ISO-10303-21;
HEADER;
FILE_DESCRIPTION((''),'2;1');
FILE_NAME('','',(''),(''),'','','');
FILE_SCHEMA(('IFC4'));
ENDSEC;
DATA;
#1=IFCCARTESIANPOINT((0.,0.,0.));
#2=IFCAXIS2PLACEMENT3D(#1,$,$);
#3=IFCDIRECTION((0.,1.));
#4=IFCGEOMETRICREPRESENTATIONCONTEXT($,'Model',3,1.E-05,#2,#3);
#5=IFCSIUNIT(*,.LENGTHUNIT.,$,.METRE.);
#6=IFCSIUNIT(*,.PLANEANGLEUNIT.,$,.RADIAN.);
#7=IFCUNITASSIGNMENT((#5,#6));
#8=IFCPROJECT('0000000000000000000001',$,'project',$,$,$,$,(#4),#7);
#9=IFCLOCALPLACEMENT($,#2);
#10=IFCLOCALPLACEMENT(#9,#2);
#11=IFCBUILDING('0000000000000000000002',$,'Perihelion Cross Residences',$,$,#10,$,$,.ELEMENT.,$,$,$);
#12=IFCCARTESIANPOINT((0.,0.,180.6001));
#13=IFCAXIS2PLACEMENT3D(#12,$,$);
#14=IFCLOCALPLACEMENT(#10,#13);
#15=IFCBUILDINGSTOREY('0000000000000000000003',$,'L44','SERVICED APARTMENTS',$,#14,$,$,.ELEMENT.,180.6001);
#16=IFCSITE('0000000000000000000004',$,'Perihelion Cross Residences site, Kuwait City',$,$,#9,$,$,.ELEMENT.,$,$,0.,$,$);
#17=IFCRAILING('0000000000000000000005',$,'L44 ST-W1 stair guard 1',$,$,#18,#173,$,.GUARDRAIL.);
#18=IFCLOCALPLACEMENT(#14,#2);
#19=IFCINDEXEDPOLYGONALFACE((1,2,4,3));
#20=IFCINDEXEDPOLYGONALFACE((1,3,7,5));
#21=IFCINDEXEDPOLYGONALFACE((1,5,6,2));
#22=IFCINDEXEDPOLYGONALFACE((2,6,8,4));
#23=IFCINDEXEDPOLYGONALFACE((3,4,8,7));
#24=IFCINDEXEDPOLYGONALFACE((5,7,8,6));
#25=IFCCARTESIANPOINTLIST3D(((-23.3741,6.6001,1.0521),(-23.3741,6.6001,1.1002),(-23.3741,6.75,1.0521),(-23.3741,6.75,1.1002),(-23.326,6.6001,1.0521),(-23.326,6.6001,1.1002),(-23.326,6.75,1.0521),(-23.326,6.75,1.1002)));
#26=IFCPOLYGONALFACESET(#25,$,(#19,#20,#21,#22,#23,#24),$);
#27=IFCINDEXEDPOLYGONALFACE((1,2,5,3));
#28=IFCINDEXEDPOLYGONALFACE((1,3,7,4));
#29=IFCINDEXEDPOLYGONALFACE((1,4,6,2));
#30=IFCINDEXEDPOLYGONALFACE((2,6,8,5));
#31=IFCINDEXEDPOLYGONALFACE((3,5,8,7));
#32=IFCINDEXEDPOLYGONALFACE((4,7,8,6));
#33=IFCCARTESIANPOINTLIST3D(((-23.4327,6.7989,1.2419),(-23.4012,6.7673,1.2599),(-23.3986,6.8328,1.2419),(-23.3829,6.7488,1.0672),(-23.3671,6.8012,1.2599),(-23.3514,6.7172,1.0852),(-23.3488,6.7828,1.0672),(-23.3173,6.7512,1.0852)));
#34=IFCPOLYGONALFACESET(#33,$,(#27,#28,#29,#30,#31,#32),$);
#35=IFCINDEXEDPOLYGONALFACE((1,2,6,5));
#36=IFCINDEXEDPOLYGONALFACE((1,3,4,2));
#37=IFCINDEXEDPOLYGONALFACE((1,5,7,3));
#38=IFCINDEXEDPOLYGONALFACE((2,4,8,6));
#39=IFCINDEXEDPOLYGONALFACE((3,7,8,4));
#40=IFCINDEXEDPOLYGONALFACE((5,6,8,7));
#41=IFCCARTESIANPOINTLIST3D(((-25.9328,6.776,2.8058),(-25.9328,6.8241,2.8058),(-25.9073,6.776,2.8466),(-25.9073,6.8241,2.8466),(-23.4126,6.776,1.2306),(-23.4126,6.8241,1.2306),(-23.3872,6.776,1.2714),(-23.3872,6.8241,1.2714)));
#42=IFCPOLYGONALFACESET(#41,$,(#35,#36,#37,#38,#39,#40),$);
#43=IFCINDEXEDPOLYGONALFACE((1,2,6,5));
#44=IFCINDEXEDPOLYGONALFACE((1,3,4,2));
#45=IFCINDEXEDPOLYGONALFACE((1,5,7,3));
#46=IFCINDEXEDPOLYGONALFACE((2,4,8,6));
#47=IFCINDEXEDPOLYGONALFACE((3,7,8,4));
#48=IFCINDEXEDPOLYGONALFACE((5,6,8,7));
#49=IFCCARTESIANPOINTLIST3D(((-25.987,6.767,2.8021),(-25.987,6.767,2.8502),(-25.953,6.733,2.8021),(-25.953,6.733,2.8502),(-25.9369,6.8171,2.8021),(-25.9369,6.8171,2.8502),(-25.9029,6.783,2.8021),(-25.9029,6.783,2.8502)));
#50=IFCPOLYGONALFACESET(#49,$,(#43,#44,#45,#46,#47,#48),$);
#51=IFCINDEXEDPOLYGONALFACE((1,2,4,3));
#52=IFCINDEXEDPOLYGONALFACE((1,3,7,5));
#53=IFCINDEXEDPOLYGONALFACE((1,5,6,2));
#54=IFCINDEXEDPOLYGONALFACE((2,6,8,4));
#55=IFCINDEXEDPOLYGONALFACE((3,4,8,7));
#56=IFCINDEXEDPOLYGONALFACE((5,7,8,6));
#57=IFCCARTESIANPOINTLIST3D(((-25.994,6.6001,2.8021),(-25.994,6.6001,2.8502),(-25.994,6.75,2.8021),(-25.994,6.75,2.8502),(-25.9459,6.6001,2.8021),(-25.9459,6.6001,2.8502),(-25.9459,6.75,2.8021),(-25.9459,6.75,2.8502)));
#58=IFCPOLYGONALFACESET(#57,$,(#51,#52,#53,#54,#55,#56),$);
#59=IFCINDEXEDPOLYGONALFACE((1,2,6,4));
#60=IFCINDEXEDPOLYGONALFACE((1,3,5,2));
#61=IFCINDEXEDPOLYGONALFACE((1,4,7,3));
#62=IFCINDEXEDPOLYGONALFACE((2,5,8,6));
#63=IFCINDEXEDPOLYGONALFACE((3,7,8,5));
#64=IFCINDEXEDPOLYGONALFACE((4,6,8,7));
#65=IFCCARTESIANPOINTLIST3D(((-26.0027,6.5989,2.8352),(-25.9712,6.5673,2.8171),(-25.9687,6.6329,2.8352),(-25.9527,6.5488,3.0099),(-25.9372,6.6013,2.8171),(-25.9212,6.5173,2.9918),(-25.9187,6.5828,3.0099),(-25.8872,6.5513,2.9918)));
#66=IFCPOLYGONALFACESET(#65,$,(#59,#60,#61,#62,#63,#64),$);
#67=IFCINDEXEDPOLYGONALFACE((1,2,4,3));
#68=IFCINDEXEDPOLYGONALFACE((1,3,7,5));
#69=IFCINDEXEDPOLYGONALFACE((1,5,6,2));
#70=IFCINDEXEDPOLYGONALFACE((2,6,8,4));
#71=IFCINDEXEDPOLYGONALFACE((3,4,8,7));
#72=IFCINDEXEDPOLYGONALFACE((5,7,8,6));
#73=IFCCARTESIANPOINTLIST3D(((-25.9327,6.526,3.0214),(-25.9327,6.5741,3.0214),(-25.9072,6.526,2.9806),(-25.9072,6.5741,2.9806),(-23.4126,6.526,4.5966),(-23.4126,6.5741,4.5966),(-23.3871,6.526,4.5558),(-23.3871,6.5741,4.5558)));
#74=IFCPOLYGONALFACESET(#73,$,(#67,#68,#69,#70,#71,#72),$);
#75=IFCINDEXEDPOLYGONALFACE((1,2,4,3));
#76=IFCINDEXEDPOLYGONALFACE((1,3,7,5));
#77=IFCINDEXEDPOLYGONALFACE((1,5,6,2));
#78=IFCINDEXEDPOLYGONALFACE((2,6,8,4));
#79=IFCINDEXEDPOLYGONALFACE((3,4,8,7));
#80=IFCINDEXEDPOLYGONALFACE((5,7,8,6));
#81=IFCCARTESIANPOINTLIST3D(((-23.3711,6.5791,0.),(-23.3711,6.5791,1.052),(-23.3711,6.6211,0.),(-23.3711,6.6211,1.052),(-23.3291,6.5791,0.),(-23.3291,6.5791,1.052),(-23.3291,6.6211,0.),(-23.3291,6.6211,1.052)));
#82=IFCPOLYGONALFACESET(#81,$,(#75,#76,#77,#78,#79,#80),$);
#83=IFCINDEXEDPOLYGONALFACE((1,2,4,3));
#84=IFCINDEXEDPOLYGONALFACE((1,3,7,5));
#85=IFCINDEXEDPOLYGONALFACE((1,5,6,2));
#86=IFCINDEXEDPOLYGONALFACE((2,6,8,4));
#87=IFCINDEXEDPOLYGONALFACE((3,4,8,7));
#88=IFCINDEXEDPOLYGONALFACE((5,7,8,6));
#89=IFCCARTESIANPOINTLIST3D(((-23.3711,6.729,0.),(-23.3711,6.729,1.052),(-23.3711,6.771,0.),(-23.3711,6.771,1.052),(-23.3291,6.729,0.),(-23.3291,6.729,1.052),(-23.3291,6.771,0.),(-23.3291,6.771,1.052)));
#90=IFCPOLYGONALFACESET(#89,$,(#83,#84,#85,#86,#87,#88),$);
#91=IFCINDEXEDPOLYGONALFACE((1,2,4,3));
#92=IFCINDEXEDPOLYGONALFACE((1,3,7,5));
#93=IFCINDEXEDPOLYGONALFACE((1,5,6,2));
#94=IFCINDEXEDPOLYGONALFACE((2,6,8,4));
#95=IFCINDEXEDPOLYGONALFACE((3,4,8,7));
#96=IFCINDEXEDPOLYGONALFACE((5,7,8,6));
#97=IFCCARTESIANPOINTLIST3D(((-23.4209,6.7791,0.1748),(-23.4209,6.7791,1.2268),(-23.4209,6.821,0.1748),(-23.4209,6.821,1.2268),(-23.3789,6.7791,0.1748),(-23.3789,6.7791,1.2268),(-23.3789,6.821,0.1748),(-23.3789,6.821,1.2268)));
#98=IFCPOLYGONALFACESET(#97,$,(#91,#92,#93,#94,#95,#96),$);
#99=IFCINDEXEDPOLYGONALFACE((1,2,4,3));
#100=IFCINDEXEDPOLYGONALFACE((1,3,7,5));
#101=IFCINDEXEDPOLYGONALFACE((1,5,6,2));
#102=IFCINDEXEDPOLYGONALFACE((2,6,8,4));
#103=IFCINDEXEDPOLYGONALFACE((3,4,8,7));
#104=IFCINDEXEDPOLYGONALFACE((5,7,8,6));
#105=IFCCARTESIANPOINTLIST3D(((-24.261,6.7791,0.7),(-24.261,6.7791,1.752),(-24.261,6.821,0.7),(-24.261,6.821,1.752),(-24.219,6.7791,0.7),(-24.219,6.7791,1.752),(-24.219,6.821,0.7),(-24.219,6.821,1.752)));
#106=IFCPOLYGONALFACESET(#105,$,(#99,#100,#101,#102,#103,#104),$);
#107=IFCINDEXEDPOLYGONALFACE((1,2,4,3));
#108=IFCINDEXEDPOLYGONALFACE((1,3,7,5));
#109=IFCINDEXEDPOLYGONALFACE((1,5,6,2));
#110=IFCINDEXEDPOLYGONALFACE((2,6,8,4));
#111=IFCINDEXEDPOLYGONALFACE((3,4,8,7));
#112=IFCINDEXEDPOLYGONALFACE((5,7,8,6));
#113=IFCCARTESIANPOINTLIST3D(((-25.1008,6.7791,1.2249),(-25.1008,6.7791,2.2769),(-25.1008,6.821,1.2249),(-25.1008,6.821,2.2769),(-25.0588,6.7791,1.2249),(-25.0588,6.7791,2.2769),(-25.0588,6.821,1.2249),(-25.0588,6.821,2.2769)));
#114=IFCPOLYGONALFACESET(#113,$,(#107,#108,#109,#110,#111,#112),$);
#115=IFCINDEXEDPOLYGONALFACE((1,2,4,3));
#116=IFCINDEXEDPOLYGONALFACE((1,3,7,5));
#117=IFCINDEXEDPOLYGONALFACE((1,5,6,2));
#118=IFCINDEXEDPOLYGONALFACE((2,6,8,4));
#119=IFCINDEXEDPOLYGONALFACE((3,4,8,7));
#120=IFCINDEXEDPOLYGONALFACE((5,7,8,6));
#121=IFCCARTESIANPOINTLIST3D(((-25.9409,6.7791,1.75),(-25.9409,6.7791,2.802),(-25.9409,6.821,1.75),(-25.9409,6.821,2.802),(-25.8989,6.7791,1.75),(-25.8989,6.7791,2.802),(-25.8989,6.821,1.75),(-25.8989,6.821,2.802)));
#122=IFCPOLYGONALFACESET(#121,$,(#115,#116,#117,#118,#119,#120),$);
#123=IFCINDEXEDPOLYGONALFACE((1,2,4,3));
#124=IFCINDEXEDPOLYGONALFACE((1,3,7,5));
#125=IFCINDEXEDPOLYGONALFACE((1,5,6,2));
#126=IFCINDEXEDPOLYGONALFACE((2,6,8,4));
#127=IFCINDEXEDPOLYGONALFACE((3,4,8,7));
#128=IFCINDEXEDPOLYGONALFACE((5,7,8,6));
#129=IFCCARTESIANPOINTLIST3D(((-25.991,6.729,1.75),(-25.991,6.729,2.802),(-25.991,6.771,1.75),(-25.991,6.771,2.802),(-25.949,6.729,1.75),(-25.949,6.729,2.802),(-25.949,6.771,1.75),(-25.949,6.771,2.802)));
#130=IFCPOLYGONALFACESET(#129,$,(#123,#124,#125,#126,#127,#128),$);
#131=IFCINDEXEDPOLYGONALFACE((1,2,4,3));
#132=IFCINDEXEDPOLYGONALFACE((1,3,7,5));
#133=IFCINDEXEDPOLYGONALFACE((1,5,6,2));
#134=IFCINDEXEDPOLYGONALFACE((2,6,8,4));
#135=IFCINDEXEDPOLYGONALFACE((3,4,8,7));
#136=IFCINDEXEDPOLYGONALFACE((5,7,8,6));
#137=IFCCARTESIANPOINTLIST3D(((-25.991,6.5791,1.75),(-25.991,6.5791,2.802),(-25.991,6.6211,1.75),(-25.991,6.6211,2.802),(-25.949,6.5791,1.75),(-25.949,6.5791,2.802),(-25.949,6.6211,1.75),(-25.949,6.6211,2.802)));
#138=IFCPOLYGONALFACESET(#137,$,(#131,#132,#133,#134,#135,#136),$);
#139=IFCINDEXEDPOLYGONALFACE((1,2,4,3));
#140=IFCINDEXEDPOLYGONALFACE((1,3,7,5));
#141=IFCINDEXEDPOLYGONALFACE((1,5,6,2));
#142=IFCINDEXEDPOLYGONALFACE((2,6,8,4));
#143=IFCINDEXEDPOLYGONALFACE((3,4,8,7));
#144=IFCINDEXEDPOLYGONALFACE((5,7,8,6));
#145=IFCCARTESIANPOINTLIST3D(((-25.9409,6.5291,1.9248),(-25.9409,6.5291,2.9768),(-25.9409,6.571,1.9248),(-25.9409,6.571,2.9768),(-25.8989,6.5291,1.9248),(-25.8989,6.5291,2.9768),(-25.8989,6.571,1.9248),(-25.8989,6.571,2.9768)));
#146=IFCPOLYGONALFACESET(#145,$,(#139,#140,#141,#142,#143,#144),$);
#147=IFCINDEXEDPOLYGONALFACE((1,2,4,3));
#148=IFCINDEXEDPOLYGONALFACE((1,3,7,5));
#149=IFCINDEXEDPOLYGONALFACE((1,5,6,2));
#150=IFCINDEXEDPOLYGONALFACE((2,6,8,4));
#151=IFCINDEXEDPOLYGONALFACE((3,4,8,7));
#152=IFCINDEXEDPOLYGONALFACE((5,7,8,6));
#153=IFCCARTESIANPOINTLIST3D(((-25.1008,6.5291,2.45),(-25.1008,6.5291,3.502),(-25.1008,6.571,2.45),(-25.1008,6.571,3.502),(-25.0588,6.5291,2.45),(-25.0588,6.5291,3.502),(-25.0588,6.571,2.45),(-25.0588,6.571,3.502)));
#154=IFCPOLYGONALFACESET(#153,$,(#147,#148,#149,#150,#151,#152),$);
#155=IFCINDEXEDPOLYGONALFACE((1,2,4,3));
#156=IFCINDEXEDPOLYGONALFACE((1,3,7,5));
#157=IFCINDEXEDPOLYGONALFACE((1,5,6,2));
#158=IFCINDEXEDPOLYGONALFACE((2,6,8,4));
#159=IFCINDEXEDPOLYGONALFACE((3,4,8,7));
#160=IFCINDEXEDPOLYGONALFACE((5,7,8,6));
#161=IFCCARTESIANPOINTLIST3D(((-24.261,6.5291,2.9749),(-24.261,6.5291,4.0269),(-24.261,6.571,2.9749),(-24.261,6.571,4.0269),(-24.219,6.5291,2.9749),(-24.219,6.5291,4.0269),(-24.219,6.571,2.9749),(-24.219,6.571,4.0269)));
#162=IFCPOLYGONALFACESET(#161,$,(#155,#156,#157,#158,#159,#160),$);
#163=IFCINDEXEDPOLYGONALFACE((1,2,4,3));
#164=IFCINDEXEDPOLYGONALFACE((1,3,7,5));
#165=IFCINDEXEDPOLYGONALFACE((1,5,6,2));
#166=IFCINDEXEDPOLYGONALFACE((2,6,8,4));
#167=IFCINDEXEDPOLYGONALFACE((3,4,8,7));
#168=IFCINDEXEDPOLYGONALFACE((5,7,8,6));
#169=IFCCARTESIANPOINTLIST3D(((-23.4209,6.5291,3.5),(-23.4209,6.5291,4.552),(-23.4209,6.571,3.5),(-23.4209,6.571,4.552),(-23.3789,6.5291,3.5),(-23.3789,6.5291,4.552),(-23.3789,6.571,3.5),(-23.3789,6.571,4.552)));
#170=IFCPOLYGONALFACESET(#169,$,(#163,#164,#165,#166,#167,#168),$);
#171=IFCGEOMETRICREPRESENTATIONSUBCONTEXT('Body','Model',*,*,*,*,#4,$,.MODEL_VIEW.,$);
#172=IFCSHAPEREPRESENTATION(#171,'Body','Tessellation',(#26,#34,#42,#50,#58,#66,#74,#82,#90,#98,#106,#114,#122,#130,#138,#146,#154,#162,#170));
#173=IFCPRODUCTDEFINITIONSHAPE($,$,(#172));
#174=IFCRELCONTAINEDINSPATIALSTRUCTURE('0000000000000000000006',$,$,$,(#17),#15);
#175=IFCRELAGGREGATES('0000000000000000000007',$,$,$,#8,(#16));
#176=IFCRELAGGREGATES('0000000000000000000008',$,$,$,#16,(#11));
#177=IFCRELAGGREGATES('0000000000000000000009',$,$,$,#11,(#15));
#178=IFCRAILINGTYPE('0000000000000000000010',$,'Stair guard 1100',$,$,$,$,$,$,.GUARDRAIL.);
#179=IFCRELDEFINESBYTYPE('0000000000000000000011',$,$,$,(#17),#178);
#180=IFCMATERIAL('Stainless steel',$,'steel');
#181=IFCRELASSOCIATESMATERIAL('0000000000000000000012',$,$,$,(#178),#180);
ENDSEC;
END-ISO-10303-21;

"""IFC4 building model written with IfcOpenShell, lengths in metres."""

from ifc_helpers import new_model, si_unit, direction, frame, origin, origin_2d, place, context, subcontext, project, spatial, rectangle, extrude, material, type_object, element, save


model = new_model("IFC4")

# Units and contexts
model_context = context("Model", 3, precision=1e-05, world=origin(), true_north=direction((0.0, 1.0)))
body_context = subcontext(model_context, "Body", "Model", "MODEL_VIEW")
ifc_project = project(units=[si_unit("LENGTHUNIT", "METRE"), si_unit("PLANEANGLEUNIT", "RADIAN")], contexts=[model_context])

# Site, building, storey
site_placement = place(None, origin())
site = spatial("IfcSite", under=ifc_project, at=site_placement, Name="Perihelion Cross Residences site, Kuwait City", CompositionType="ELEMENT", RefElevation=0.0)
building_placement = place(site_placement, origin())
building = spatial("IfcBuilding", under=site, at=building_placement, Name="Perihelion Cross Residences", CompositionType="ELEMENT")
storey_placement = place(building_placement, frame((0.0, 0.0, 180.6001)))
storey = spatial("IfcBuildingStorey", under=building, at=storey_placement, Name="L44", Description="SERVICED APARTMENTS", CompositionType="ELEMENT", Elevation=180.6001)

# Railing
ifc_material_1 = material(Name="Stainless steel", Category="steel")
railing_type_1 = type_object("IfcRailingType", Name="Stair guard 1100", PredefinedType="GUARDRAIL", material=ifc_material_1)
railing_1_placement = place(storey_placement, frame((-23.3501, 6.6001, 0.0)))
element("IfcRailing", 1, at=railing_1_placement, inside=storey, type_object=railing_type_1, Name="L44 ST-W1 stair guard 1", PredefinedType="GUARDRAIL", context=body_context, shape_type="SweptSolid", body=[
    extrude(rectangle(XDim=0.0481, YDim=0.0481, at=origin_2d()), frame((0.0, 0.0, 1.0762), z_axis=(0.0, 1.0, 0.0), x_axis=(-1.0, 0.0, 0.0)), (0.0, 0.0, 1.0), 0.1499),
    extrude(rectangle(XDim=0.0481, YDim=0.0481, at=origin_2d()), frame((0.0, 0.1499, 1.0762), z_axis=(-0.264179, 0.265474, 0.927218), x_axis=(-0.708834, -0.705376, 0.0)), (0.0, 0.0, 1.0), 0.1885),
    extrude(rectangle(XDim=0.0481, YDim=0.0481, at=origin_2d()), frame((-0.0498, 0.2, 1.251), z_axis=(-0.847971, 0.0, 0.530043), x_axis=(0.0, -1.0, 0.0)), (0.0, 0.0, 1.0), 2.9719),
    extrude(rectangle(XDim=0.0481, YDim=0.0481, at=origin_2d()), frame((-2.5698, 0.2, 2.8262), z_axis=(-0.707107, -0.707107, 0.0), x_axis=(0.707107, -0.707107, 0.0)), (0.0, 0.0, 1.0), 0.0708),
    extrude(rectangle(XDim=0.0481, YDim=0.0481, at=origin_2d()), frame((-2.6199, 0.1499, 2.8262), z_axis=(0.0, -1.0, 0.0), x_axis=(1.0, 0.0, 0.0)), (0.0, 0.0, 1.0), 0.1499),
    extrude(rectangle(XDim=0.0481, YDim=0.0481, at=origin_2d()), frame((-2.6199, 0.0, 2.8262), z_axis=(0.265383, -0.265383, 0.9269), x_axis=(0.707107, 0.707107, 0.0)), (0.0, 0.0, 1.0), 0.1885),
    extrude(rectangle(XDim=0.0481, YDim=0.0481, at=origin_2d()), frame((-2.5698, -0.05, 3.001), z_axis=(0.847971, 0.0, 0.530043), x_axis=(0.0, 1.0, 0.0)), (0.0, 0.0, 1.0), 2.9719),
    extrude(rectangle(XDim=0.042, YDim=0.042, at=origin_2d()), origin(), (0.0, 0.0, 1.0), 1.052),
    extrude(rectangle(XDim=0.042, YDim=0.042, at=origin_2d()), frame((0.0, 0.1499, 0.0)), (0.0, 0.0, 1.0), 1.052),
    extrude(rectangle(XDim=0.042, YDim=0.042, at=origin_2d()), frame((-0.0498, 0.2, 0.1748)), (0.0, 0.0, 1.0), 1.052),
    extrude(rectangle(XDim=0.042, YDim=0.042, at=origin_2d()), frame((-0.8899, 0.2, 0.7)), (0.0, 0.0, 1.0), 1.052),
    extrude(rectangle(XDim=0.042, YDim=0.042, at=origin_2d()), frame((-1.7297, 0.2, 1.2249)), (0.0, 0.0, 1.0), 1.052),
    extrude(rectangle(XDim=0.042, YDim=0.042, at=origin_2d()), frame((-2.5698, 0.2, 1.75)), (0.0, 0.0, 1.0), 1.052),
    extrude(rectangle(XDim=0.042, YDim=0.042, at=origin_2d()), frame((-2.6199, 0.1499, 1.75)), (0.0, 0.0, 1.0), 1.052),
    extrude(rectangle(XDim=0.042, YDim=0.042, at=origin_2d()), frame((-2.6199, 0.0, 1.75)), (0.0, 0.0, 1.0), 1.052),
    extrude(rectangle(XDim=0.042, YDim=0.042, at=origin_2d()), frame((-2.5698, -0.05, 1.9248)), (0.0, 0.0, 1.0), 1.052),
    extrude(rectangle(XDim=0.042, YDim=0.042, at=origin_2d()), frame((-1.7297, -0.05, 2.45)), (0.0, 0.0, 1.0), 1.052),
    extrude(rectangle(XDim=0.042, YDim=0.042, at=origin_2d()), frame((-0.8899, -0.05, 2.9749)), (0.0, 0.0, 1.0), 1.052),
    extrude(rectangle(XDim=0.042, YDim=0.042, at=origin_2d()), frame((-0.0498, -0.05, 3.5)), (0.0, 0.0, 1.0), 1.052),
])

save(model, "model.ifc")
